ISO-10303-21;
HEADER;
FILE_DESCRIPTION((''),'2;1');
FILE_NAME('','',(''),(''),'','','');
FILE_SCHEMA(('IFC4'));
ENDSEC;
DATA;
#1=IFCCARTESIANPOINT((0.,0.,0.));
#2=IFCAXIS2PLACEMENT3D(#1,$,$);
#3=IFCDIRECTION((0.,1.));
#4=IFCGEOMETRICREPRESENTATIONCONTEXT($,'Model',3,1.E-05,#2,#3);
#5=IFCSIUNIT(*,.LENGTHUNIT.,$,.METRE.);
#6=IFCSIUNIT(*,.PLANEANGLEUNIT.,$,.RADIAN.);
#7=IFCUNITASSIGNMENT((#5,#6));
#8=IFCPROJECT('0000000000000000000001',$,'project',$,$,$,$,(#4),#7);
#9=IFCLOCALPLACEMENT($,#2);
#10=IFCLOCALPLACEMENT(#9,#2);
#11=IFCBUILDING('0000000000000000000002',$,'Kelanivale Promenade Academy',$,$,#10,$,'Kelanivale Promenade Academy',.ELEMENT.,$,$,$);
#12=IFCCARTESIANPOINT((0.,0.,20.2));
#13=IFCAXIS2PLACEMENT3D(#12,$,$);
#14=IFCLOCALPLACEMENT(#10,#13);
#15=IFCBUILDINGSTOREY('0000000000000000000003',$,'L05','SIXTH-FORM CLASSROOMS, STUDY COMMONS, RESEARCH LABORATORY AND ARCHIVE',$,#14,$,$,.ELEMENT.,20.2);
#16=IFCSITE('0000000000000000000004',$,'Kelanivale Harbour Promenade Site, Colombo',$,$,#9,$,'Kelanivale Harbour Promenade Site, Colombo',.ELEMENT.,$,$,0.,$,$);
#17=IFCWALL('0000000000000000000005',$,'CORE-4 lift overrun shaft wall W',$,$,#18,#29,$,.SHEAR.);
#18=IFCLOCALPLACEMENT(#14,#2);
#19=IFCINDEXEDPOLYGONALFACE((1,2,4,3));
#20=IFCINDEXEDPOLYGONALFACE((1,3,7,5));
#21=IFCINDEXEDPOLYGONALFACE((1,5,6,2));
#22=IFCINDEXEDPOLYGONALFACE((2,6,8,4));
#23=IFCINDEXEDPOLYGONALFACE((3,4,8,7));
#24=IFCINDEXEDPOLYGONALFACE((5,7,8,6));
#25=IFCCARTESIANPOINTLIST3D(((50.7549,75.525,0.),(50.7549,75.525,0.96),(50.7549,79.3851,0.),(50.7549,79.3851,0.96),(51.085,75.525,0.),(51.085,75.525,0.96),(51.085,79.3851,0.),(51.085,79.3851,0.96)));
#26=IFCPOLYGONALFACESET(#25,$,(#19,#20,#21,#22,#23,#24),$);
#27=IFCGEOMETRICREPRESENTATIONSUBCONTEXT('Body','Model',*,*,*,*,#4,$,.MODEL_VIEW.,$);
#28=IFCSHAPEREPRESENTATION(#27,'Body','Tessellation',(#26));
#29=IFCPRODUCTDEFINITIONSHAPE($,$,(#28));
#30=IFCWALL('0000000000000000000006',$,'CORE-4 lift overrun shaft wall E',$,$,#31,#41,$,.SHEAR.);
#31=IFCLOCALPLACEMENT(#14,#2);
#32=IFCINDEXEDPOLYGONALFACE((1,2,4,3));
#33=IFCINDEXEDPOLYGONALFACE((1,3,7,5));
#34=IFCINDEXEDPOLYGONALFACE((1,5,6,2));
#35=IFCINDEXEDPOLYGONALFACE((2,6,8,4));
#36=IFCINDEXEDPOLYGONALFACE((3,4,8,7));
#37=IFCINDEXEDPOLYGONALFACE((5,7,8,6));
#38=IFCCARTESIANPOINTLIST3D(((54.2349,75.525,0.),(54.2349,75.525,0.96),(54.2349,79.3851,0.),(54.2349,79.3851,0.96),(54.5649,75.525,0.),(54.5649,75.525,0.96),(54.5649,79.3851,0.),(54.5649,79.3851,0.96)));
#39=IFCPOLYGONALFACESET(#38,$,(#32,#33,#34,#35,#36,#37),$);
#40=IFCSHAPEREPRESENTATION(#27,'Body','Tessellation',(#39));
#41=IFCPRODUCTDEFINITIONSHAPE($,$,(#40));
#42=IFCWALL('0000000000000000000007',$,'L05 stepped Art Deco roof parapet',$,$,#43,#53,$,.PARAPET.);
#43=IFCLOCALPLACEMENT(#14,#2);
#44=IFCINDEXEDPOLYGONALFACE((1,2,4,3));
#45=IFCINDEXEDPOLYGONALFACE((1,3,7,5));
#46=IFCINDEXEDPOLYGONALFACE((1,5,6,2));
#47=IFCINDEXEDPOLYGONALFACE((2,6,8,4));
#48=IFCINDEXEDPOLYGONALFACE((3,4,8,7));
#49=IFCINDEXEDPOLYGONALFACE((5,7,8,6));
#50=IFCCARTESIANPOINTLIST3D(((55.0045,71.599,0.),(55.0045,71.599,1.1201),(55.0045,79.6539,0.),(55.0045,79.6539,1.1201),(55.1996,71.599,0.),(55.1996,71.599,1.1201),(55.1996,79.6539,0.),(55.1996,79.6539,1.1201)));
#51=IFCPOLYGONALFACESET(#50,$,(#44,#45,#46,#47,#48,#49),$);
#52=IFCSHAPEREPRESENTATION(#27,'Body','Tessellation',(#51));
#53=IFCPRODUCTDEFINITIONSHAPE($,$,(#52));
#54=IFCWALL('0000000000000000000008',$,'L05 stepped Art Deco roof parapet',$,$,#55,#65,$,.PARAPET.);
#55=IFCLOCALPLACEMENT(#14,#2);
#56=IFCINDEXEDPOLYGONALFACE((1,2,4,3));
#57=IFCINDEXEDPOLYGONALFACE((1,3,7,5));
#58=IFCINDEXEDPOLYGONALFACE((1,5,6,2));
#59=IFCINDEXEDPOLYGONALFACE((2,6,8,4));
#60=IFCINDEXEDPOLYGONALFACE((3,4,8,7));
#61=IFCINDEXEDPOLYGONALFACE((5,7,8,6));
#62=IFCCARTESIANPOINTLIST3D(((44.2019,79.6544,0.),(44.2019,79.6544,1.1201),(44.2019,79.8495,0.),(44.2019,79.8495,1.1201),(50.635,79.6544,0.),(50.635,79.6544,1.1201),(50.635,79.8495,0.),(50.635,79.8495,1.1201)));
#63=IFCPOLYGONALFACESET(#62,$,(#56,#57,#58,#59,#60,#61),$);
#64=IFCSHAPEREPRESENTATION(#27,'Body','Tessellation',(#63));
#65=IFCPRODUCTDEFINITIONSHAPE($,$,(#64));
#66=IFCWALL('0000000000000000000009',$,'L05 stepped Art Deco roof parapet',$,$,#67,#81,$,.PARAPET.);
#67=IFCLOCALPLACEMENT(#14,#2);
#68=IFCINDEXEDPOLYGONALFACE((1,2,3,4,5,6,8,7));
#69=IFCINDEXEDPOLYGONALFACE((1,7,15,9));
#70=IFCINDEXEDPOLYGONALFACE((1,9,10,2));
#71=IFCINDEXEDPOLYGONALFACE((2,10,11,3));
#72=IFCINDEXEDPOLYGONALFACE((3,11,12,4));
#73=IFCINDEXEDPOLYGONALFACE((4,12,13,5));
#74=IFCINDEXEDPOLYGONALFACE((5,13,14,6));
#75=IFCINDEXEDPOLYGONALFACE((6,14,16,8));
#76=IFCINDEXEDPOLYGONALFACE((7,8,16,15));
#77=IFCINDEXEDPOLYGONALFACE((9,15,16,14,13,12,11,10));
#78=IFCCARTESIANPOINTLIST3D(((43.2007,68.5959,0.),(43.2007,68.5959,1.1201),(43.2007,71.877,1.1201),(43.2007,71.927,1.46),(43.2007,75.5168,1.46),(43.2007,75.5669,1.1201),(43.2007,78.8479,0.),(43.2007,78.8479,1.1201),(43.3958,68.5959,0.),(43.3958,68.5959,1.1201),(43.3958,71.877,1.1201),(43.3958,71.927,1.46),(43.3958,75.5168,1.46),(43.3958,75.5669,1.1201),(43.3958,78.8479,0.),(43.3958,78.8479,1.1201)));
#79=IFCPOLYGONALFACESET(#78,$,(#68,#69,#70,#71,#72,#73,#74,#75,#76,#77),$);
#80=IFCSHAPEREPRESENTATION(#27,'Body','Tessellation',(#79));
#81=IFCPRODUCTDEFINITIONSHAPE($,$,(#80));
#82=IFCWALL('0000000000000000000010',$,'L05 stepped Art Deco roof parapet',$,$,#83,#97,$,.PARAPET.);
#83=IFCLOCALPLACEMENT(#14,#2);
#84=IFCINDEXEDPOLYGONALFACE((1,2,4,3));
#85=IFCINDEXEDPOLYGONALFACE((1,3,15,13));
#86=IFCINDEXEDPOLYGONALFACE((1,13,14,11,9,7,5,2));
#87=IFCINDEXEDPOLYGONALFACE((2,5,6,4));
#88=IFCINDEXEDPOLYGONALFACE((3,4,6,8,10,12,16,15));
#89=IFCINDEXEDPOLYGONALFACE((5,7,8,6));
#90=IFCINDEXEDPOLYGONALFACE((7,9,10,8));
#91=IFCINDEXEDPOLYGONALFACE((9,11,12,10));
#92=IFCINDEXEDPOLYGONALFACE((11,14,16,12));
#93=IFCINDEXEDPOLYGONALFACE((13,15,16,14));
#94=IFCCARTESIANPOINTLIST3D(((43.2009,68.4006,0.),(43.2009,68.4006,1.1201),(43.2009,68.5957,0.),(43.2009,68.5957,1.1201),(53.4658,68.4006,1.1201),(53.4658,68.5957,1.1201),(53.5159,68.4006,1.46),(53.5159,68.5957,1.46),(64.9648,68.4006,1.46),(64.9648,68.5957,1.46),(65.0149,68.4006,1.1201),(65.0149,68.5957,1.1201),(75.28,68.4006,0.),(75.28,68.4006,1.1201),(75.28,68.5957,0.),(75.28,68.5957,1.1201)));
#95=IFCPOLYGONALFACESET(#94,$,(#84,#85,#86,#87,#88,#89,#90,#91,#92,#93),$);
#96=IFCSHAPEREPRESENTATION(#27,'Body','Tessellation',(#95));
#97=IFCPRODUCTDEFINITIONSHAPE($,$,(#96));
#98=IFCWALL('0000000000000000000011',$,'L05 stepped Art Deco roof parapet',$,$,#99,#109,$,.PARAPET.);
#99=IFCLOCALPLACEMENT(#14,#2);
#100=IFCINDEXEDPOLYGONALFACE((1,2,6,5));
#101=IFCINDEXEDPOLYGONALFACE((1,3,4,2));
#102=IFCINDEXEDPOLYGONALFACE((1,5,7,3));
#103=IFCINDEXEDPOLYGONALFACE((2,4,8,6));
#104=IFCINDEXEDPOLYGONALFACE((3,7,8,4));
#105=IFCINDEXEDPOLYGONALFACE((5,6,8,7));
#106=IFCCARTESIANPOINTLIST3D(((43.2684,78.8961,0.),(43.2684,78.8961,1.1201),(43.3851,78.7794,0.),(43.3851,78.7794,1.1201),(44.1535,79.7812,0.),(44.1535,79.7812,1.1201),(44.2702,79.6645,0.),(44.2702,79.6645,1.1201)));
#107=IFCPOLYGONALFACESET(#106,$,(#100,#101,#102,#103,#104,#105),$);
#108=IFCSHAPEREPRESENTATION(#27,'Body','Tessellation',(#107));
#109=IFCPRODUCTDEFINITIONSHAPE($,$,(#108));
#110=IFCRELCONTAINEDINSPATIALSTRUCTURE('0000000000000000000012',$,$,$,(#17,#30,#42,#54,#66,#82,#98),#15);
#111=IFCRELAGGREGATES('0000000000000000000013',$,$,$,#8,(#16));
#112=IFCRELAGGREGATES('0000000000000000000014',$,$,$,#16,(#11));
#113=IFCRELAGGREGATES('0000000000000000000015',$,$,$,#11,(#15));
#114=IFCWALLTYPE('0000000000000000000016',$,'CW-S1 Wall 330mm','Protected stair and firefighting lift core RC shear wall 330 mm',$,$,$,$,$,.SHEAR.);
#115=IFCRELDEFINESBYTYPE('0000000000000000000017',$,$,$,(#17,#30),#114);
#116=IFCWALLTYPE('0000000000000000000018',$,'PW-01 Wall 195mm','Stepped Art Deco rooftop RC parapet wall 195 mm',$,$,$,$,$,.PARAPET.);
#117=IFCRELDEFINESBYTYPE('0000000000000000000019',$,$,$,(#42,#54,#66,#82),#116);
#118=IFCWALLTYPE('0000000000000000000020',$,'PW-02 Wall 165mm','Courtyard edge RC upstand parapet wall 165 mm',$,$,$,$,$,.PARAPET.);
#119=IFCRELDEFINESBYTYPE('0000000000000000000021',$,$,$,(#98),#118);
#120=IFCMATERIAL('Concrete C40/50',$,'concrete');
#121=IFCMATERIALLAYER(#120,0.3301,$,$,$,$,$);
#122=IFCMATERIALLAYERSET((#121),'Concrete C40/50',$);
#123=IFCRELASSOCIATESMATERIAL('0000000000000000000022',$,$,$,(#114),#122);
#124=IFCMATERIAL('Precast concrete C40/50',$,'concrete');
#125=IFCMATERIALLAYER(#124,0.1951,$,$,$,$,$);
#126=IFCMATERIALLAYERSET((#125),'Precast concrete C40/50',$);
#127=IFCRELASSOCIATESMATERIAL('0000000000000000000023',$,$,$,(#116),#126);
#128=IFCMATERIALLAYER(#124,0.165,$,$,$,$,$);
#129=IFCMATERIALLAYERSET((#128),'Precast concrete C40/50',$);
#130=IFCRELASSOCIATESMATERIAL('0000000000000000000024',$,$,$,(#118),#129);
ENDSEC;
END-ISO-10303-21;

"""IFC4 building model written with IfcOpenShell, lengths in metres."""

from ifc_helpers import new_model, si_unit, direction, frame, frame_2d, origin, place, context, subcontext, project, spatial, polyline, rectangle, outline, extrude, material, layer, layer_set, type_object, element, save


model = new_model("IFC4")

# Units and contexts
model_context = context("Model", 3, precision=1e-05, world=origin(), true_north=direction((0.0, 1.0)))
body_context = subcontext(model_context, "Body", "Model", "MODEL_VIEW")
ifc_project = project(units=[si_unit("LENGTHUNIT", "METRE"), si_unit("PLANEANGLEUNIT", "RADIAN")], contexts=[model_context])

# Site, building, storey
site_placement = place(None, origin())
site = spatial("IfcSite", under=ifc_project, at=site_placement, Name="Kelanivale Harbour Promenade Site, Colombo", LongName="Kelanivale Harbour Promenade Site, Colombo", CompositionType="ELEMENT", RefElevation=0.0)
building_placement = place(site_placement, origin())
building = spatial("IfcBuilding", under=site, at=building_placement, Name="Kelanivale Promenade Academy", LongName="Kelanivale Promenade Academy", CompositionType="ELEMENT")
storey_placement = place(building_placement, frame((0.0, 0.0, 20.2)))
storey = spatial("IfcBuildingStorey", under=building, at=storey_placement, Name="L05", Description="SIXTH-FORM CLASSROOMS, STUDY COMMONS, RESEARCH LABORATORY AND ARCHIVE", CompositionType="ELEMENT", Elevation=20.2)

# Walls
ifc_material_1 = material(Name="Concrete C40/50", Category="concrete")
ifc_layer_1 = layer(ifc_material_1, 0.3301)
ifc_layer_set_1 = layer_set([ifc_layer_1], Name="Concrete C40/50")
wall_type_1 = type_object("IfcWallType", Name="CW-S1 Wall 330mm", Description="Protected stair and firefighting lift core RC shear wall 330 mm", PredefinedType="SHEAR", material=ifc_layer_set_1)
for number, where, z_axis, x_axis, name in (
    (1, (50.9199, 75.5249, 0.0), (0.0, 0.0, 1.0), (0.0, 1.0, 0.0), "CORE-4 lift overrun shaft wall W"),
    (2, (54.3999, 75.5249, 0.0), (0.0, 0.0, 1.0), (0.0, 1.0, 0.0), "CORE-4 lift overrun shaft wall E"),
):
    element("IfcWall", number, at=place(storey_placement, frame(where, z_axis=z_axis, x_axis=x_axis)), inside=storey, type_object=wall_type_1, Name=name, PredefinedType="SHEAR", context=body_context, shape_type="SweptSolid", body=[
        extrude(rectangle(XDim=3.8601, YDim=0.3301, at=frame_2d((1.9302, 0.0))), origin(), (0.0, 0.0, 1.0), 0.96),
    ])
ifc_material_2 = material(Name="Precast concrete C40/50", Category="concrete")
ifc_layer_2 = layer(ifc_material_2, 0.1951)
ifc_layer_set_2 = layer_set([ifc_layer_2], Name="Precast concrete C40/50")
wall_type_2 = type_object("IfcWallType", Name="PW-01 Wall 195mm", Description="Stepped Art Deco rooftop RC parapet wall 195 mm", PredefinedType="PARAPET", material=ifc_layer_set_2)
wall_1_placement = place(storey_placement, frame((55.1021, 71.5991, 0.0), z_axis=(0.0, 0.0, 1.0), x_axis=(0.0, 1.0, 0.0)))
element("IfcWall", 3, at=wall_1_placement, inside=storey, type_object=wall_type_2, Name="L05 stepped Art Deco roof parapet", PredefinedType="PARAPET", context=body_context, shape_type="SweptSolid", body=[
    extrude(rectangle(XDim=8.0549, YDim=0.1951, at=frame_2d((4.0273, 0.0))), origin(), (0.0, 0.0, 1.0), 1.1201),
])
wall_2_placement = place(storey_placement, frame((50.635, 79.752, 0.0), z_axis=(0.0, 0.0, 1.0), x_axis=(-1.0, 0.0, 0.0)))
element("IfcWall", 4, at=wall_2_placement, inside=storey, type_object=wall_type_2, Name="L05 stepped Art Deco roof parapet", PredefinedType="PARAPET", context=body_context, shape_type="SweptSolid", body=[
    extrude(rectangle(XDim=6.4331, YDim=0.1951, at=frame_2d((3.2166, 0.0))), origin(), (0.0, 0.0, 1.0), 1.1201),
])
wall_3_placement = place(storey_placement, frame((43.2981, 78.8479, 0.0), z_axis=(0.0, 0.0, 1.0), x_axis=(0.0, -1.0, 0.0)))
element("IfcWall", 5, at=wall_3_placement, inside=storey, type_object=wall_type_2, Name="L05 stepped Art Deco roof parapet", PredefinedType="PARAPET", context=body_context, shape_type="SweptSolid", body=[
    extrude(outline(polyline([(0.0, 0.0), (10.252, 0.0), (10.252, 1.1201), (6.9709, 1.1201), (6.9209, 1.46), (3.3311, 1.46), (3.281, 1.1201), (0.0, 1.1201), (0.0, 0.0)])), frame((0.0, 0.0977, 0.0), z_axis=(0.0, -1.0, 0.0), x_axis=(1.0, 0.0, 0.0)), (0.0, 0.0, 1.0), 0.1951),
])
wall_4_placement = place(storey_placement, frame((43.2009, 68.498, 0.0), z_axis=(0.0, 0.0, 1.0), x_axis=(1.0, 0.0, 0.0)))
element("IfcWall", 6, at=wall_4_placement, inside=storey, type_object=wall_type_2, Name="L05 stepped Art Deco roof parapet", PredefinedType="PARAPET", context=body_context, shape_type="SweptSolid", body=[
    extrude(outline(polyline([(0.0, 0.0), (32.0791, 0.0), (32.0791, 1.1201), (21.814, 1.1201), (21.7639, 1.46), (10.3149, 1.46), (10.2649, 1.1201), (0.0, 1.1201), (0.0, 0.0)])), frame((0.0, 0.0977, 0.0), z_axis=(0.0, -1.0, 0.0), x_axis=(1.0, 0.0, 0.0)), (0.0, 0.0, 1.0), 0.1951),
])
ifc_layer_3 = layer(ifc_material_2, 0.165)
ifc_layer_set_3 = layer_set([ifc_layer_3], Name="Precast concrete C40/50")
wall_type_3 = type_object("IfcWallType", Name="PW-02 Wall 165mm", Description="Courtyard edge RC upstand parapet wall 165 mm", PredefinedType="PARAPET", material=ifc_layer_set_3)
wall_5_placement = place(storey_placement, frame((44.2119, 79.7229, 0.0), z_axis=(0.0, 0.0, 1.0), x_axis=(-0.707107, -0.707107, 0.0)))
element("IfcWall", 7, at=wall_5_placement, inside=storey, type_object=wall_type_3, Name="L05 stepped Art Deco roof parapet", PredefinedType="PARAPET", context=body_context, shape_type="SweptSolid", body=[
    extrude(rectangle(XDim=1.2517, YDim=0.165, at=frame_2d((0.626, 0.0))), origin(), (0.0, 0.0, 1.0), 1.1201),
])

save(model, "model.ifc")
